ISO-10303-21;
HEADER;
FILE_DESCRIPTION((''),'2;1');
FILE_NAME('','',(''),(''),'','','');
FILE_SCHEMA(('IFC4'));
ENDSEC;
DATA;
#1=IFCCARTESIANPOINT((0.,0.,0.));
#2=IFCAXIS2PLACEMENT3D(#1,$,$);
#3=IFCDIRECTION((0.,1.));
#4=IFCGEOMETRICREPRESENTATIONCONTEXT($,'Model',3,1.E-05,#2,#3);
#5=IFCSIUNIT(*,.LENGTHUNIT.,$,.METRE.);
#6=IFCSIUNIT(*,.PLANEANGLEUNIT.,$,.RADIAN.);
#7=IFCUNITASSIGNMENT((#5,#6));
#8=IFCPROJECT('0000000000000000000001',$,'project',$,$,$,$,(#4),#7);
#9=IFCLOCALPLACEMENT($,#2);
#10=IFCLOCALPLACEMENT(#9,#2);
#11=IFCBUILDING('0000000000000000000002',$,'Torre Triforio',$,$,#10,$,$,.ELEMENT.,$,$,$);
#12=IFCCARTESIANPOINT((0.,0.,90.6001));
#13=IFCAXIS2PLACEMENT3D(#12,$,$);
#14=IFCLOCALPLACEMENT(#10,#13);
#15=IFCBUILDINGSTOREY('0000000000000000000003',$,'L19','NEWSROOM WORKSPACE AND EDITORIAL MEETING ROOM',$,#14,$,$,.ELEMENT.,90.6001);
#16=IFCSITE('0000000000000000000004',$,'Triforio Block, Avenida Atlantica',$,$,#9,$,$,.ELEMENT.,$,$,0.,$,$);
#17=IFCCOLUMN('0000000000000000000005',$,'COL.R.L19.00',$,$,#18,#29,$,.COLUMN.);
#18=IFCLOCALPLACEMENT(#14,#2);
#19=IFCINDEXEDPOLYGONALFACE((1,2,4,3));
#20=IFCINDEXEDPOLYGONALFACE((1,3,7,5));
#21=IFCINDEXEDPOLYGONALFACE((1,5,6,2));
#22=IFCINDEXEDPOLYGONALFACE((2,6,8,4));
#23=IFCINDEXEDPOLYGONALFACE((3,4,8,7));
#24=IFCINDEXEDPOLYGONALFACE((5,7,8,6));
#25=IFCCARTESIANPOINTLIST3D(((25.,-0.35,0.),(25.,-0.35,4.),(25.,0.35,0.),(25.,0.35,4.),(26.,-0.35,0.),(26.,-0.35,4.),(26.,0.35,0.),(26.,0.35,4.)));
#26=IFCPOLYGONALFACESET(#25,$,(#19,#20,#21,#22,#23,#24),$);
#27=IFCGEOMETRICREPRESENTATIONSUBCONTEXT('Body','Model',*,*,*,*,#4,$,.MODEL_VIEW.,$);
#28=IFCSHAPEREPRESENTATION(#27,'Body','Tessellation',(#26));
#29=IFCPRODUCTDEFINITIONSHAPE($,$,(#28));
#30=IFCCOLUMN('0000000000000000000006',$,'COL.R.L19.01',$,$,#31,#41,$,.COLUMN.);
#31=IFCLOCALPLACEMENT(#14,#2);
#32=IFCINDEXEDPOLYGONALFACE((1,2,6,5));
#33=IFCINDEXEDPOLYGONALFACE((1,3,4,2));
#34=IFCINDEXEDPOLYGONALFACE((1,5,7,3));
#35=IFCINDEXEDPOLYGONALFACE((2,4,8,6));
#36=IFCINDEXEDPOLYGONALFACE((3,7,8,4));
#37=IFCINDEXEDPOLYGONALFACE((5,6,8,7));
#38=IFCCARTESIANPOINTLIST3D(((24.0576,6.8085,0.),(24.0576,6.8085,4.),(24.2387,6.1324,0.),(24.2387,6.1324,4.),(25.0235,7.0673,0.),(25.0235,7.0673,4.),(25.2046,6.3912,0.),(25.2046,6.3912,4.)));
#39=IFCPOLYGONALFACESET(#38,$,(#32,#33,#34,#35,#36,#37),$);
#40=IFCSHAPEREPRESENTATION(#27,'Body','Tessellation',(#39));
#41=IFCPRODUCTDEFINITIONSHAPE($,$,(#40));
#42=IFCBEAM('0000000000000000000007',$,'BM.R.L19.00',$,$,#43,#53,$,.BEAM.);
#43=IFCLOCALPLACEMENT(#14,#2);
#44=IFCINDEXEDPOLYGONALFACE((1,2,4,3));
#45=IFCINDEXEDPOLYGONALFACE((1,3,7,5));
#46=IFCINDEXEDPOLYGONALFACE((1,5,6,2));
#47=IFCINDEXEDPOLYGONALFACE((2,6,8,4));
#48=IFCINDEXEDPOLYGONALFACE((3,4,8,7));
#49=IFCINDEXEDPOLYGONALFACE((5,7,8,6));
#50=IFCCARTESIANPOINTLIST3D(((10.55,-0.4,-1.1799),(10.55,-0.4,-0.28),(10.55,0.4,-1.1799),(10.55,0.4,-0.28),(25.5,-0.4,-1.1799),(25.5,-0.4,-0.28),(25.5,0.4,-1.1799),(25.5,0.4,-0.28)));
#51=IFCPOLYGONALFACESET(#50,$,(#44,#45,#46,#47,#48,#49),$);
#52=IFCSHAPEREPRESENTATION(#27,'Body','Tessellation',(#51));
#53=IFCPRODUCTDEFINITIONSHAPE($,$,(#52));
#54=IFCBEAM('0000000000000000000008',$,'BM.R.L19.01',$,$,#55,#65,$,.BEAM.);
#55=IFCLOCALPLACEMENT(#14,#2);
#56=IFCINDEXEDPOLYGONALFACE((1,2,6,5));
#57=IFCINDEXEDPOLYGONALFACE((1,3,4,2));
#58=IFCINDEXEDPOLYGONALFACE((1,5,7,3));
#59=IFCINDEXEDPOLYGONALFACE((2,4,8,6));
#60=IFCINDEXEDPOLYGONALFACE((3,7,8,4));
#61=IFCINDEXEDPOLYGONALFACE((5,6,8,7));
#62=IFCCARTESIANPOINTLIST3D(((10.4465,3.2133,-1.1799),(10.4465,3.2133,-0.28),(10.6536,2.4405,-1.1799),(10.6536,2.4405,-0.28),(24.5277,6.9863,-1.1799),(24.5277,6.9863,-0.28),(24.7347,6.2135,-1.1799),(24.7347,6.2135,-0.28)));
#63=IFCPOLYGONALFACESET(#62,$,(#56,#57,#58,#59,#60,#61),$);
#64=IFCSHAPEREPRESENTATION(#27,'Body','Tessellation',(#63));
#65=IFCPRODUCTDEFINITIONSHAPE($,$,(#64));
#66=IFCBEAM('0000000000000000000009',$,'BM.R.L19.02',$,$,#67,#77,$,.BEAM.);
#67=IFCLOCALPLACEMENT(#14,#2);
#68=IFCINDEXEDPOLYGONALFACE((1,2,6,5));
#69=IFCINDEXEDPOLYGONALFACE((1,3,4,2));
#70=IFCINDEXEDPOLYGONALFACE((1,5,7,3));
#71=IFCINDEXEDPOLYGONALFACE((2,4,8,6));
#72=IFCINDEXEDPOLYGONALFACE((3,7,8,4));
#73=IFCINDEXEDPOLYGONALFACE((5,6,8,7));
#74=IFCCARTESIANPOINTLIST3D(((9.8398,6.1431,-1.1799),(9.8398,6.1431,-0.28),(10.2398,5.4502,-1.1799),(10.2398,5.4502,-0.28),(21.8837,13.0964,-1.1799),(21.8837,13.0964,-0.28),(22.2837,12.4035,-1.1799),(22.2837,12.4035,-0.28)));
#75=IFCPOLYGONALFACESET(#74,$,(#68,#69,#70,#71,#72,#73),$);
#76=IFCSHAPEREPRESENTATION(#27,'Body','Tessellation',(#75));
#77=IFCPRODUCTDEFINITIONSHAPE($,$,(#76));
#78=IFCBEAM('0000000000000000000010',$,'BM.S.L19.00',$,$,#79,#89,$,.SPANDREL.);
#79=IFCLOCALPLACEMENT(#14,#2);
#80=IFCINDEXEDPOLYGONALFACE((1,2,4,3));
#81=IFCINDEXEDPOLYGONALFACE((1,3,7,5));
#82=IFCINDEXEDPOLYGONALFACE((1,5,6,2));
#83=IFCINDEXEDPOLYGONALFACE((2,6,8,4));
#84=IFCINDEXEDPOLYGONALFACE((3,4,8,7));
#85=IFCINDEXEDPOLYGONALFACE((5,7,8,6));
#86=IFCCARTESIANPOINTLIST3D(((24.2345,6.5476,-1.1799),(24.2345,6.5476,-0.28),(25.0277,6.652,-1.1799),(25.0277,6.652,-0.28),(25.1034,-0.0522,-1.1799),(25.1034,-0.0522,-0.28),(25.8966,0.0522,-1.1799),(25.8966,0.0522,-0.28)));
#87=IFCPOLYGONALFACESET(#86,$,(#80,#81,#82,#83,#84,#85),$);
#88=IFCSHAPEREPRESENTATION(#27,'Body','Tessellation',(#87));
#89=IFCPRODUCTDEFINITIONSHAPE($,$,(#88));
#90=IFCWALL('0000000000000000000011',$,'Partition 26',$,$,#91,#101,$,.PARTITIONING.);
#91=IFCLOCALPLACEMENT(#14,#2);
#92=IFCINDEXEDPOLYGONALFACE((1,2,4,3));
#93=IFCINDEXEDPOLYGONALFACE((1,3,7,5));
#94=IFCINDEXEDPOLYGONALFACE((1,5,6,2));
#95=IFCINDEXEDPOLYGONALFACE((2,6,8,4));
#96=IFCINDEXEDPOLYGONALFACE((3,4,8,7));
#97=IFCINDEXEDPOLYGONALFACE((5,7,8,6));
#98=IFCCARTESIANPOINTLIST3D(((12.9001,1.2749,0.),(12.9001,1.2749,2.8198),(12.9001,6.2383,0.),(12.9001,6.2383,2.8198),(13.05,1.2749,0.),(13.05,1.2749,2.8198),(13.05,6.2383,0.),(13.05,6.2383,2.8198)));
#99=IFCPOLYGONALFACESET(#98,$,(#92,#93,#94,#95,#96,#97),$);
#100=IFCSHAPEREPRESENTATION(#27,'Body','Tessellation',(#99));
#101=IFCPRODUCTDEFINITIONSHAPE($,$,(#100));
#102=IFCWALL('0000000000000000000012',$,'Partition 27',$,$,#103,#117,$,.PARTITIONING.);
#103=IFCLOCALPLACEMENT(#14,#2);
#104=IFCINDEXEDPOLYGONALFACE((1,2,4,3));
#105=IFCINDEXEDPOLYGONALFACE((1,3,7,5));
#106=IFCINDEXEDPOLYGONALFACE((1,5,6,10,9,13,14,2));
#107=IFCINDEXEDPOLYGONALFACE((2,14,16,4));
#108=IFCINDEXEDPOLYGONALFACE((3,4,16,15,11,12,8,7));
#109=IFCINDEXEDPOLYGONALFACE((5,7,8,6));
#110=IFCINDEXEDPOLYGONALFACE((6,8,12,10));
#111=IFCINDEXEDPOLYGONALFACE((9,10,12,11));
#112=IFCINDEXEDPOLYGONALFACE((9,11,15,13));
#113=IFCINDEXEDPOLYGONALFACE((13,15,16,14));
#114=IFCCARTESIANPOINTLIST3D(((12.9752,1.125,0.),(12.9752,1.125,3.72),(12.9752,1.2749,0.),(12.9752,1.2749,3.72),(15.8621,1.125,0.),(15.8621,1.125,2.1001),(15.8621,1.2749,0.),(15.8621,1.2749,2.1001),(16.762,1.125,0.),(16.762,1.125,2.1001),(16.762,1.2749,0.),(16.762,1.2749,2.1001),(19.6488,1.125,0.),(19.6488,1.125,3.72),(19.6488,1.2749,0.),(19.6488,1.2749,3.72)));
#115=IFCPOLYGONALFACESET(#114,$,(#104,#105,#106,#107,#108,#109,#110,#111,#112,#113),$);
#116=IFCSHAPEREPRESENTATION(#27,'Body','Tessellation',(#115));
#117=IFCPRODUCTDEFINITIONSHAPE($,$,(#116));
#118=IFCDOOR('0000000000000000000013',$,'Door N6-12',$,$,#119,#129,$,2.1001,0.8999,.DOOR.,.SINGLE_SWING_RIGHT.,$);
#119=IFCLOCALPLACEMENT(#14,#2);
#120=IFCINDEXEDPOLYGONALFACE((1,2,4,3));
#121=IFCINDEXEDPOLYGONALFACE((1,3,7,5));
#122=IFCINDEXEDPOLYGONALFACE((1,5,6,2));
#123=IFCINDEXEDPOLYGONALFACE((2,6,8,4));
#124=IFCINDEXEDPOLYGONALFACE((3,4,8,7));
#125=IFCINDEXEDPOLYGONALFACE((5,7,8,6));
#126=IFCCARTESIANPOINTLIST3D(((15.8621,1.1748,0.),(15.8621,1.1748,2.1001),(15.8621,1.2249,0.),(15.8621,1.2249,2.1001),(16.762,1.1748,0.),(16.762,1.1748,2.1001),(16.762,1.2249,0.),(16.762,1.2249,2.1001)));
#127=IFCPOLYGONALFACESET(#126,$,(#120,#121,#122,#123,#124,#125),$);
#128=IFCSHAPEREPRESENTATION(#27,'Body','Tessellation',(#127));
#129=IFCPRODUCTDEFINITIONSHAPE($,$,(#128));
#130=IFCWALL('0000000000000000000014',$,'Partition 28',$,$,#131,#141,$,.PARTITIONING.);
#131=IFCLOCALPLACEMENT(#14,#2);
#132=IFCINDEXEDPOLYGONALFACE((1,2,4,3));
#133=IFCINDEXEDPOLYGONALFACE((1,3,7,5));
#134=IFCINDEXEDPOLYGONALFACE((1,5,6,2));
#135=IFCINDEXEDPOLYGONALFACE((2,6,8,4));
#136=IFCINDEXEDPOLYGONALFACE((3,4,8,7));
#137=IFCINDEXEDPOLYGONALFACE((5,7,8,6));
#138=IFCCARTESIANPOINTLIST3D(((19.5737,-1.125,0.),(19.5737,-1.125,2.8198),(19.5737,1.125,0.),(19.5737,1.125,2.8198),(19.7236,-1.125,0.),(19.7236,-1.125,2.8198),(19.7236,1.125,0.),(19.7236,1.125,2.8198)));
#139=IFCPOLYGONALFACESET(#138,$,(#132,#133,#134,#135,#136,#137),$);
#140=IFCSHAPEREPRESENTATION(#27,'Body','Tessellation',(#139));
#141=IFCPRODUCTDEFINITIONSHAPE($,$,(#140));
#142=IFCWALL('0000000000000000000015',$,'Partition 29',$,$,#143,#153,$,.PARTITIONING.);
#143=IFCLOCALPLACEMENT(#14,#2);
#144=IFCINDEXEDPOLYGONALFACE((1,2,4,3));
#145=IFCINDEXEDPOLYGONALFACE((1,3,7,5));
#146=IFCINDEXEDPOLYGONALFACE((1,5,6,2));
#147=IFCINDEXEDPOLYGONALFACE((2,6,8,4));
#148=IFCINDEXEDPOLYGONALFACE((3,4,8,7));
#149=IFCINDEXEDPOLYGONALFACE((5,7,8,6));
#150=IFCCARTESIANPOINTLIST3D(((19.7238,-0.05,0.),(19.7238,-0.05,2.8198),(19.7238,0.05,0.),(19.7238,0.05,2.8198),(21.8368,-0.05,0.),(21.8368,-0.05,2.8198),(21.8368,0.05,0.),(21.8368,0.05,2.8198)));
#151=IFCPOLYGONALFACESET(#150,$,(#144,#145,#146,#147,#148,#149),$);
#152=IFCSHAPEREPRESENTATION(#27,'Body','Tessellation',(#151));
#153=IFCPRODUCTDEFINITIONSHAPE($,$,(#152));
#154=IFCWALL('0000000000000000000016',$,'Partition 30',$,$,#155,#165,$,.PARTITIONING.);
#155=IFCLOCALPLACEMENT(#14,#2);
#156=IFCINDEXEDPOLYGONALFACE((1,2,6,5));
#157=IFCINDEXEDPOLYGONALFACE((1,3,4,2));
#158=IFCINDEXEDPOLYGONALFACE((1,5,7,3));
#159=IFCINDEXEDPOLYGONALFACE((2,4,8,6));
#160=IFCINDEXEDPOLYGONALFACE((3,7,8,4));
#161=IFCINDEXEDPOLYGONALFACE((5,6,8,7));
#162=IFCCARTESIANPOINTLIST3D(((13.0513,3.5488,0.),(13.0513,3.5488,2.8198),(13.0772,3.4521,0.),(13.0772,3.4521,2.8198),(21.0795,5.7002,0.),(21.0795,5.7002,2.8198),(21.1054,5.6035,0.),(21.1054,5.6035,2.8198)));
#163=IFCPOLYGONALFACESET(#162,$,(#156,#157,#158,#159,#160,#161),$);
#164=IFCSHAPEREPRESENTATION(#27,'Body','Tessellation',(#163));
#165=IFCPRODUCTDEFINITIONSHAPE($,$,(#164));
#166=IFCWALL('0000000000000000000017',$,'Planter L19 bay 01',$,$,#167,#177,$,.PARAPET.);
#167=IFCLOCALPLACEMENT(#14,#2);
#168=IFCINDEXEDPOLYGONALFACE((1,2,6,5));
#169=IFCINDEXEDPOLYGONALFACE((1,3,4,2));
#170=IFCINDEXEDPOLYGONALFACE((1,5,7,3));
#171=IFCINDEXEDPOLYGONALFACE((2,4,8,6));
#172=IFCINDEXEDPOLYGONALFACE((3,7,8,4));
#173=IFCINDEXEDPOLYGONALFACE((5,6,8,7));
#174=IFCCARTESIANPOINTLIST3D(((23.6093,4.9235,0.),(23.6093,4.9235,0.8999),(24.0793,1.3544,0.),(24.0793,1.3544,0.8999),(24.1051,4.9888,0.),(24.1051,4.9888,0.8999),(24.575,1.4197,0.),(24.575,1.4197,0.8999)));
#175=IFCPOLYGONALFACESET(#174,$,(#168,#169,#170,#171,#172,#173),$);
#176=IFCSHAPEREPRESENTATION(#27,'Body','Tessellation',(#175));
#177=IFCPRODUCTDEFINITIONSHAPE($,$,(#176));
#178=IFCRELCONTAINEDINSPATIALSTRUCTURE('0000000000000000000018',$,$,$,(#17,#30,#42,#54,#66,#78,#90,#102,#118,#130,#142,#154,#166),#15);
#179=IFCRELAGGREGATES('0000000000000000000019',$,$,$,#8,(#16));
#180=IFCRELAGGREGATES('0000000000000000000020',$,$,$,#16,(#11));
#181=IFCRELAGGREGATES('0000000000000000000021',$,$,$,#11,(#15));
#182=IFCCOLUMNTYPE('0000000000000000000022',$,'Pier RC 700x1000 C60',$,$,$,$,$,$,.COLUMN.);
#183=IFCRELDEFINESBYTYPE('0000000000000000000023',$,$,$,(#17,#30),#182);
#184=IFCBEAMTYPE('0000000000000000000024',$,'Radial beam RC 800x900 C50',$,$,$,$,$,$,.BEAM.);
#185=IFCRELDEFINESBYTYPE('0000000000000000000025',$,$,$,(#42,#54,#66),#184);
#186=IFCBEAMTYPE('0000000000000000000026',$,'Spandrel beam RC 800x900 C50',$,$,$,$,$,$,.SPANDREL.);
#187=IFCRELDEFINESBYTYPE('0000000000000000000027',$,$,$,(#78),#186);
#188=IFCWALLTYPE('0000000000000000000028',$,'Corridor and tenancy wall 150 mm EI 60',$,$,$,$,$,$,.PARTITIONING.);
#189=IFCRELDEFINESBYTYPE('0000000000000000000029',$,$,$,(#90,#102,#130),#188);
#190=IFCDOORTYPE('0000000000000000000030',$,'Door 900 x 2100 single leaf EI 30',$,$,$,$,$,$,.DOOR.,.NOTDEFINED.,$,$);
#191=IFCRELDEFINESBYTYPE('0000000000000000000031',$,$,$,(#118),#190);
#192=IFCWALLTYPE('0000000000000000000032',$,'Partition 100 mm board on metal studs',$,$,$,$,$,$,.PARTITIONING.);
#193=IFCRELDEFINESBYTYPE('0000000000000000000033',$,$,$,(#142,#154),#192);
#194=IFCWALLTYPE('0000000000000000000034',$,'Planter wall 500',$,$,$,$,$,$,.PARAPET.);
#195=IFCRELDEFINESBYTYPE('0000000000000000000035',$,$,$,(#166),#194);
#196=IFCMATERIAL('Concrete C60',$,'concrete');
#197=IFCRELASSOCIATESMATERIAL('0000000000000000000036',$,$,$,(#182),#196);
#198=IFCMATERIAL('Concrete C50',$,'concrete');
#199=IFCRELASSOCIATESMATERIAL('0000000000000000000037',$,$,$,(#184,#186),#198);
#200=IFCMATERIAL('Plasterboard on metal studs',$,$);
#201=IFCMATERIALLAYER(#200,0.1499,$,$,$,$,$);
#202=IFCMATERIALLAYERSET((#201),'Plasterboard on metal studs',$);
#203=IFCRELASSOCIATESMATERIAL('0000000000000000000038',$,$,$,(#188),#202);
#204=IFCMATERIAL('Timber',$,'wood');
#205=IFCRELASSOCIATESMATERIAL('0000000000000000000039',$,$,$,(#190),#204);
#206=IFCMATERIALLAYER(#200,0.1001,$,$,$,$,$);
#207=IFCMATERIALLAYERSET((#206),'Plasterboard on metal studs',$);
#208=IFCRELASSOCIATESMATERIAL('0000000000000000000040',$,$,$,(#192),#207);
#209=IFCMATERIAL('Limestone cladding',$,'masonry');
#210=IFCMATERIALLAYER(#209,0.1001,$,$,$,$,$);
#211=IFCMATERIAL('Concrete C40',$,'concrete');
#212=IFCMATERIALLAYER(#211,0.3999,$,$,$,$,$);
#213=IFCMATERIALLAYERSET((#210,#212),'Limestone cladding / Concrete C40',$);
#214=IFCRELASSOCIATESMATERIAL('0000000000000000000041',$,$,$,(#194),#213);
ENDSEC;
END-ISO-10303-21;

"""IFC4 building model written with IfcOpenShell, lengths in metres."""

from ifc_helpers import new_model, si_unit, direction, frame, frame_2d, origin, origin_2d, place, context, subcontext, project, spatial, rectangle, extrude, material, layer, layer_set, material_profile, profile_set, type_object, element, fill, save


model = new_model("IFC4")

# Units and contexts
model_context = context("Model", 3, precision=1e-05, world=origin(), true_north=direction((0.0, 1.0)))
body_context = subcontext(model_context, "Body", "Model", "MODEL_VIEW")
ifc_project = project(units=[si_unit("LENGTHUNIT", "METRE"), si_unit("PLANEANGLEUNIT", "RADIAN")], contexts=[model_context])

# Site, building, storey
site_placement = place(None, origin())
site = spatial("IfcSite", under=ifc_project, at=site_placement, Name="Triforio Block, Avenida Atlantica", CompositionType="ELEMENT", RefElevation=0.0)
building_placement = place(site_placement, origin())
building = spatial("IfcBuilding", under=site, at=building_placement, Name="Torre Triforio", CompositionType="ELEMENT")
storey_placement = place(building_placement, frame((0.0, 0.0, 90.6001)))
storey = spatial("IfcBuildingStorey", under=building, at=storey_placement, Name="L19", Description="NEWSROOM WORKSPACE AND EDITORIAL MEETING ROOM", CompositionType="ELEMENT", Elevation=90.6001)

# Columns
ifc_material_1 = material(Name="Concrete C60", Category="concrete")
ifc_material_profile_1 = material_profile(ifc_material_1, rectangle(XDim=0.7, YDim=1.0, at=origin_2d()), Name="RC 700x1000")
ifc_profile_set_1 = profile_set([ifc_material_profile_1], Name="Concrete C60")
column_type = type_object("IfcColumnType", Name="Pier RC 700x1000 C60", PredefinedType="COLUMN", material=ifc_profile_set_1)
for number, where, z_axis, x_axis, name in (
    (1, (25.5, 0.0, 0.0), (0.0, 0.0, 1.0), (0.0, 1.0, 0.0), "COL.R.L19.00"),
    (2, (24.6311, 6.5999, 0.0), (0.0, 0.0, 1.0), (-0.258819, 0.965926, 0.0), "COL.R.L19.01"),
):
    element("IfcColumn", number, at=place(storey_placement, frame(where, z_axis=z_axis, x_axis=x_axis)), inside=storey, type_object=column_type, Name=name, PredefinedType="COLUMN", context=body_context, shape_type="SweptSolid", body=[
        extrude(rectangle(XDim=0.7, YDim=1.0, at=origin_2d()), origin(), (0.0, 0.0, 1.0), 4.0),
    ])

# Beams
ifc_material_2 = material(Name="Concrete C50", Category="concrete")
ifc_material_profile_2 = material_profile(ifc_material_2, rectangle(XDim=0.8, YDim=0.8999, at=origin_2d()), Name="RC 800x900")
ifc_profile_set_2 = profile_set([ifc_material_profile_2], Name="Concrete C50")
beam_type_1 = type_object("IfcBeamType", Name="Radial beam RC 800x900 C50", PredefinedType="BEAM", material=ifc_profile_set_2)
beam_1_placement = place(storey_placement, frame((10.55, 0.0, -0.73), z_axis=(1.0, 0.0, 0.0), x_axis=(0.0, 1.0, 0.0)))
element("IfcBeam", 3, at=beam_1_placement, inside=storey, type_object=beam_type_1, Name="BM.R.L19.00", PredefinedType="BEAM", context=body_context, shape_type="SweptSolid", body=[
    extrude(rectangle(XDim=0.8, YDim=0.8999, at=origin_2d()), origin(), (0.0, 0.0, 1.0), 14.95),
])
beam_2_placement = place(storey_placement, frame((10.55, 2.8269, -0.73), z_axis=(0.965927, 0.258815, 0.0), x_axis=(-0.258815, 0.965927, 0.0)))
element("IfcBeam", 4, at=beam_2_placement, inside=storey, type_object=beam_type_1, Name="BM.R.L19.01", PredefinedType="BEAM", context=body_context, shape_type="SweptSolid", body=[
    extrude(rectangle(XDim=0.8, YDim=0.8999, at=origin_2d()), origin(), (0.0, 0.0, 1.0), 14.5779),
])
beam_3_placement = place(storey_placement, frame((10.0398, 5.7966, -0.73), z_axis=(0.866032, 0.499989, 0.0), x_axis=(-0.499989, 0.866032, 0.0)))
element("IfcBeam", 5, at=beam_3_placement, inside=storey, type_object=beam_type_1, Name="BM.R.L19.02", PredefinedType="BEAM", context=body_context, shape_type="SweptSolid", body=[
    extrude(rectangle(XDim=0.8, YDim=0.8999, at=origin_2d()), origin(), (0.0, 0.0, 1.0), 13.907),
])
ifc_material_profile_3 = material_profile(ifc_material_2, rectangle(XDim=0.8, YDim=0.8999, at=origin_2d()), Name="RC 800x900")
ifc_profile_set_3 = profile_set([ifc_material_profile_3], Name="Concrete C50")
beam_type_2 = type_object("IfcBeamType", Name="Spandrel beam RC 800x900 C50", PredefinedType="SPANDREL", material=ifc_profile_set_3)
beam_4_placement = place(storey_placement, frame((25.5, 0.0, -0.73), z_axis=(-0.130528, 0.991445, 0.0), x_axis=(-0.991445, -0.130528, 0.0)))
element("IfcBeam", 6, at=beam_4_placement, inside=storey, type_object=beam_type_2, Name="BM.S.L19.00", PredefinedType="SPANDREL", context=body_context, shape_type="SweptSolid", body=[
    extrude(rectangle(XDim=0.8, YDim=0.8999, at=origin_2d()), origin(), (0.0, 0.0, 1.0), 6.6567),
])

# Wall
ifc_material_3 = material(Name="Plasterboard on metal studs")
ifc_layer_1 = layer(ifc_material_3, 0.1499)
ifc_layer_set_1 = layer_set([ifc_layer_1], Name="Plasterboard on metal studs")
wall_type_1 = type_object("IfcWallType", Name="Corridor and tenancy wall 150 mm EI 60", PredefinedType="PARTITIONING", material=ifc_layer_set_1)
wall_1_placement = place(storey_placement, frame((12.9751, 6.2383, 0.0), z_axis=(0.0, 0.0, 1.0), x_axis=(0.0, -1.0, 0.0)))
element("IfcWall", 7, at=wall_1_placement, inside=storey, type_object=wall_type_1, Name="Partition 26", PredefinedType="PARTITIONING", context=body_context, shape_type="SweptSolid", body=[
    extrude(rectangle(XDim=4.9634, YDim=0.1499, at=frame_2d((2.4817, 0.0))), origin(), (0.0, 0.0, 1.0), 2.8198),
])

# Wall, opening, door
wall_2_placement = place(storey_placement, frame((12.9751, 1.2, 0.0), z_axis=(0.0, 0.0, 1.0), x_axis=(1.0, 0.0, 0.0)))
wall_2 = element("IfcWall", 8, at=wall_2_placement, inside=storey, type_object=wall_type_1, Name="Partition 27", PredefinedType="PARTITIONING", context=body_context, shape_type="SweptSolid", body=[
    extrude(rectangle(XDim=6.6736, YDim=0.1499, at=frame_2d((3.3369, 0.0))), origin(), (0.0, 0.0, 1.0), 3.72),
])
opening_1_placement = place(wall_2_placement, frame((2.887, 0.0, 0.0)))
opening_1 = element("IfcOpeningElement", 9, at=opening_1_placement, cuts=wall_2, PredefinedType="OPENING", context=body_context, shape_type="SweptSolid", body=[
    extrude(rectangle(XDim=0.8999, YDim=2.1001, at=frame_2d((0.45, 1.05))), frame((0.0, 0.085, 0.0), z_axis=(0.0, -1.0, 0.0), x_axis=(1.0, 0.0, 0.0)), (0.0, 0.0, 1.0), 0.1699),
])
ifc_material_4 = material(Name="Timber", Category="wood")
door_type_1 = type_object("IfcDoorType", Name="Door 900 x 2100 single leaf EI 30", OperationType="NOTDEFINED", PredefinedType="DOOR", material=ifc_material_4)
door_1_placement = place(opening_1_placement, origin())
door_1 = element("IfcDoor", 10, at=door_1_placement, inside=storey, type_object=door_type_1, Name="Door N6-12", OperationType="SINGLE_SWING_RIGHT", OverallHeight=2.1001, OverallWidth=0.8999, PredefinedType="DOOR", context=body_context, shape_type="SweptSolid", body=[
    extrude(rectangle(XDim=0.8999, YDim=2.1001, at=frame_2d((0.45, 1.05))), frame((0.0, 0.0249, 0.0), z_axis=(0.0, -1.0, 0.0), x_axis=(1.0, 0.0, 0.0)), (0.0, 0.0, 1.0), 0.05),
])
fill(opening_1, door_1)

# Walls
wall_3_placement = place(storey_placement, frame((19.6487, 1.125, 0.0), z_axis=(0.0, 0.0, 1.0), x_axis=(0.0, -1.0, 0.0)))
element("IfcWall", 11, at=wall_3_placement, inside=storey, type_object=wall_type_1, Name="Partition 28", PredefinedType="PARTITIONING", context=body_context, shape_type="SweptSolid", body=[
    extrude(rectangle(XDim=2.25, YDim=0.1499, at=frame_2d((1.125, 0.0))), origin(), (0.0, 0.0, 1.0), 2.8198),
])
ifc_layer_2 = layer(ifc_material_3, 0.1001)
ifc_layer_set_2 = layer_set([ifc_layer_2], Name="Plasterboard on metal studs")
wall_type_2 = type_object("IfcWallType", Name="Partition 100 mm board on metal studs", PredefinedType="PARTITIONING", material=ifc_layer_set_2)
wall_4_placement = place(storey_placement, frame((19.7236, 0.0, 0.0), z_axis=(0.0, 0.0, 1.0), x_axis=(1.0, 0.0, 0.0)))
element("IfcWall", 12, at=wall_4_placement, inside=storey, type_object=wall_type_2, Name="Partition 29", PredefinedType="PARTITIONING", context=body_context, shape_type="SweptSolid", body=[
    extrude(rectangle(XDim=2.113, YDim=0.1001, at=frame_2d((1.0566, 0.0))), origin(), (0.0, 0.0, 1.0), 2.8198),
])
wall_5_placement = place(storey_placement, frame((13.0642, 3.5005, 0.0), z_axis=(0.0, 0.0, 1.0), x_axis=(0.96592, 0.25884, 0.0)))
element("IfcWall", 13, at=wall_5_placement, inside=storey, type_object=wall_type_2, Name="Partition 30", PredefinedType="PARTITIONING", context=body_context, shape_type="SweptSolid", body=[
    extrude(rectangle(XDim=8.3115, YDim=0.1001, at=frame_2d((4.1558, 0.0))), origin(), (0.0, 0.0, 1.0), 2.8198),
])
ifc_material_5 = material(Name="Limestone cladding", Category="masonry")
ifc_layer_3 = layer(ifc_material_5, 0.1001)
ifc_material_6 = material(Name="Concrete C40", Category="concrete")
ifc_layer_4 = layer(ifc_material_6, 0.3999)
ifc_layer_set_3 = layer_set([ifc_layer_3, ifc_layer_4], Name="Limestone cladding / Concrete C40")
wall_type_3 = type_object("IfcWallType", Name="Planter wall 500", PredefinedType="PARAPET", material=ifc_layer_set_3)
wall_6_placement = place(storey_placement, frame((24.3271, 1.3872, 0.0), z_axis=(0.0, 0.0, 1.0), x_axis=(-0.130551, 0.991442, 0.0)))
element("IfcWall", 14, at=wall_6_placement, inside=storey, type_object=wall_type_3, Name="Planter L19 bay 01", PredefinedType="PARAPET", context=body_context, shape_type="SweptSolid", body=[
    extrude(rectangle(XDim=3.5999, YDim=0.5, at=frame_2d((1.7998, 0.0))), origin(), (0.0, 0.0, 1.0), 0.8999),
])

save(model, "model.ifc")
